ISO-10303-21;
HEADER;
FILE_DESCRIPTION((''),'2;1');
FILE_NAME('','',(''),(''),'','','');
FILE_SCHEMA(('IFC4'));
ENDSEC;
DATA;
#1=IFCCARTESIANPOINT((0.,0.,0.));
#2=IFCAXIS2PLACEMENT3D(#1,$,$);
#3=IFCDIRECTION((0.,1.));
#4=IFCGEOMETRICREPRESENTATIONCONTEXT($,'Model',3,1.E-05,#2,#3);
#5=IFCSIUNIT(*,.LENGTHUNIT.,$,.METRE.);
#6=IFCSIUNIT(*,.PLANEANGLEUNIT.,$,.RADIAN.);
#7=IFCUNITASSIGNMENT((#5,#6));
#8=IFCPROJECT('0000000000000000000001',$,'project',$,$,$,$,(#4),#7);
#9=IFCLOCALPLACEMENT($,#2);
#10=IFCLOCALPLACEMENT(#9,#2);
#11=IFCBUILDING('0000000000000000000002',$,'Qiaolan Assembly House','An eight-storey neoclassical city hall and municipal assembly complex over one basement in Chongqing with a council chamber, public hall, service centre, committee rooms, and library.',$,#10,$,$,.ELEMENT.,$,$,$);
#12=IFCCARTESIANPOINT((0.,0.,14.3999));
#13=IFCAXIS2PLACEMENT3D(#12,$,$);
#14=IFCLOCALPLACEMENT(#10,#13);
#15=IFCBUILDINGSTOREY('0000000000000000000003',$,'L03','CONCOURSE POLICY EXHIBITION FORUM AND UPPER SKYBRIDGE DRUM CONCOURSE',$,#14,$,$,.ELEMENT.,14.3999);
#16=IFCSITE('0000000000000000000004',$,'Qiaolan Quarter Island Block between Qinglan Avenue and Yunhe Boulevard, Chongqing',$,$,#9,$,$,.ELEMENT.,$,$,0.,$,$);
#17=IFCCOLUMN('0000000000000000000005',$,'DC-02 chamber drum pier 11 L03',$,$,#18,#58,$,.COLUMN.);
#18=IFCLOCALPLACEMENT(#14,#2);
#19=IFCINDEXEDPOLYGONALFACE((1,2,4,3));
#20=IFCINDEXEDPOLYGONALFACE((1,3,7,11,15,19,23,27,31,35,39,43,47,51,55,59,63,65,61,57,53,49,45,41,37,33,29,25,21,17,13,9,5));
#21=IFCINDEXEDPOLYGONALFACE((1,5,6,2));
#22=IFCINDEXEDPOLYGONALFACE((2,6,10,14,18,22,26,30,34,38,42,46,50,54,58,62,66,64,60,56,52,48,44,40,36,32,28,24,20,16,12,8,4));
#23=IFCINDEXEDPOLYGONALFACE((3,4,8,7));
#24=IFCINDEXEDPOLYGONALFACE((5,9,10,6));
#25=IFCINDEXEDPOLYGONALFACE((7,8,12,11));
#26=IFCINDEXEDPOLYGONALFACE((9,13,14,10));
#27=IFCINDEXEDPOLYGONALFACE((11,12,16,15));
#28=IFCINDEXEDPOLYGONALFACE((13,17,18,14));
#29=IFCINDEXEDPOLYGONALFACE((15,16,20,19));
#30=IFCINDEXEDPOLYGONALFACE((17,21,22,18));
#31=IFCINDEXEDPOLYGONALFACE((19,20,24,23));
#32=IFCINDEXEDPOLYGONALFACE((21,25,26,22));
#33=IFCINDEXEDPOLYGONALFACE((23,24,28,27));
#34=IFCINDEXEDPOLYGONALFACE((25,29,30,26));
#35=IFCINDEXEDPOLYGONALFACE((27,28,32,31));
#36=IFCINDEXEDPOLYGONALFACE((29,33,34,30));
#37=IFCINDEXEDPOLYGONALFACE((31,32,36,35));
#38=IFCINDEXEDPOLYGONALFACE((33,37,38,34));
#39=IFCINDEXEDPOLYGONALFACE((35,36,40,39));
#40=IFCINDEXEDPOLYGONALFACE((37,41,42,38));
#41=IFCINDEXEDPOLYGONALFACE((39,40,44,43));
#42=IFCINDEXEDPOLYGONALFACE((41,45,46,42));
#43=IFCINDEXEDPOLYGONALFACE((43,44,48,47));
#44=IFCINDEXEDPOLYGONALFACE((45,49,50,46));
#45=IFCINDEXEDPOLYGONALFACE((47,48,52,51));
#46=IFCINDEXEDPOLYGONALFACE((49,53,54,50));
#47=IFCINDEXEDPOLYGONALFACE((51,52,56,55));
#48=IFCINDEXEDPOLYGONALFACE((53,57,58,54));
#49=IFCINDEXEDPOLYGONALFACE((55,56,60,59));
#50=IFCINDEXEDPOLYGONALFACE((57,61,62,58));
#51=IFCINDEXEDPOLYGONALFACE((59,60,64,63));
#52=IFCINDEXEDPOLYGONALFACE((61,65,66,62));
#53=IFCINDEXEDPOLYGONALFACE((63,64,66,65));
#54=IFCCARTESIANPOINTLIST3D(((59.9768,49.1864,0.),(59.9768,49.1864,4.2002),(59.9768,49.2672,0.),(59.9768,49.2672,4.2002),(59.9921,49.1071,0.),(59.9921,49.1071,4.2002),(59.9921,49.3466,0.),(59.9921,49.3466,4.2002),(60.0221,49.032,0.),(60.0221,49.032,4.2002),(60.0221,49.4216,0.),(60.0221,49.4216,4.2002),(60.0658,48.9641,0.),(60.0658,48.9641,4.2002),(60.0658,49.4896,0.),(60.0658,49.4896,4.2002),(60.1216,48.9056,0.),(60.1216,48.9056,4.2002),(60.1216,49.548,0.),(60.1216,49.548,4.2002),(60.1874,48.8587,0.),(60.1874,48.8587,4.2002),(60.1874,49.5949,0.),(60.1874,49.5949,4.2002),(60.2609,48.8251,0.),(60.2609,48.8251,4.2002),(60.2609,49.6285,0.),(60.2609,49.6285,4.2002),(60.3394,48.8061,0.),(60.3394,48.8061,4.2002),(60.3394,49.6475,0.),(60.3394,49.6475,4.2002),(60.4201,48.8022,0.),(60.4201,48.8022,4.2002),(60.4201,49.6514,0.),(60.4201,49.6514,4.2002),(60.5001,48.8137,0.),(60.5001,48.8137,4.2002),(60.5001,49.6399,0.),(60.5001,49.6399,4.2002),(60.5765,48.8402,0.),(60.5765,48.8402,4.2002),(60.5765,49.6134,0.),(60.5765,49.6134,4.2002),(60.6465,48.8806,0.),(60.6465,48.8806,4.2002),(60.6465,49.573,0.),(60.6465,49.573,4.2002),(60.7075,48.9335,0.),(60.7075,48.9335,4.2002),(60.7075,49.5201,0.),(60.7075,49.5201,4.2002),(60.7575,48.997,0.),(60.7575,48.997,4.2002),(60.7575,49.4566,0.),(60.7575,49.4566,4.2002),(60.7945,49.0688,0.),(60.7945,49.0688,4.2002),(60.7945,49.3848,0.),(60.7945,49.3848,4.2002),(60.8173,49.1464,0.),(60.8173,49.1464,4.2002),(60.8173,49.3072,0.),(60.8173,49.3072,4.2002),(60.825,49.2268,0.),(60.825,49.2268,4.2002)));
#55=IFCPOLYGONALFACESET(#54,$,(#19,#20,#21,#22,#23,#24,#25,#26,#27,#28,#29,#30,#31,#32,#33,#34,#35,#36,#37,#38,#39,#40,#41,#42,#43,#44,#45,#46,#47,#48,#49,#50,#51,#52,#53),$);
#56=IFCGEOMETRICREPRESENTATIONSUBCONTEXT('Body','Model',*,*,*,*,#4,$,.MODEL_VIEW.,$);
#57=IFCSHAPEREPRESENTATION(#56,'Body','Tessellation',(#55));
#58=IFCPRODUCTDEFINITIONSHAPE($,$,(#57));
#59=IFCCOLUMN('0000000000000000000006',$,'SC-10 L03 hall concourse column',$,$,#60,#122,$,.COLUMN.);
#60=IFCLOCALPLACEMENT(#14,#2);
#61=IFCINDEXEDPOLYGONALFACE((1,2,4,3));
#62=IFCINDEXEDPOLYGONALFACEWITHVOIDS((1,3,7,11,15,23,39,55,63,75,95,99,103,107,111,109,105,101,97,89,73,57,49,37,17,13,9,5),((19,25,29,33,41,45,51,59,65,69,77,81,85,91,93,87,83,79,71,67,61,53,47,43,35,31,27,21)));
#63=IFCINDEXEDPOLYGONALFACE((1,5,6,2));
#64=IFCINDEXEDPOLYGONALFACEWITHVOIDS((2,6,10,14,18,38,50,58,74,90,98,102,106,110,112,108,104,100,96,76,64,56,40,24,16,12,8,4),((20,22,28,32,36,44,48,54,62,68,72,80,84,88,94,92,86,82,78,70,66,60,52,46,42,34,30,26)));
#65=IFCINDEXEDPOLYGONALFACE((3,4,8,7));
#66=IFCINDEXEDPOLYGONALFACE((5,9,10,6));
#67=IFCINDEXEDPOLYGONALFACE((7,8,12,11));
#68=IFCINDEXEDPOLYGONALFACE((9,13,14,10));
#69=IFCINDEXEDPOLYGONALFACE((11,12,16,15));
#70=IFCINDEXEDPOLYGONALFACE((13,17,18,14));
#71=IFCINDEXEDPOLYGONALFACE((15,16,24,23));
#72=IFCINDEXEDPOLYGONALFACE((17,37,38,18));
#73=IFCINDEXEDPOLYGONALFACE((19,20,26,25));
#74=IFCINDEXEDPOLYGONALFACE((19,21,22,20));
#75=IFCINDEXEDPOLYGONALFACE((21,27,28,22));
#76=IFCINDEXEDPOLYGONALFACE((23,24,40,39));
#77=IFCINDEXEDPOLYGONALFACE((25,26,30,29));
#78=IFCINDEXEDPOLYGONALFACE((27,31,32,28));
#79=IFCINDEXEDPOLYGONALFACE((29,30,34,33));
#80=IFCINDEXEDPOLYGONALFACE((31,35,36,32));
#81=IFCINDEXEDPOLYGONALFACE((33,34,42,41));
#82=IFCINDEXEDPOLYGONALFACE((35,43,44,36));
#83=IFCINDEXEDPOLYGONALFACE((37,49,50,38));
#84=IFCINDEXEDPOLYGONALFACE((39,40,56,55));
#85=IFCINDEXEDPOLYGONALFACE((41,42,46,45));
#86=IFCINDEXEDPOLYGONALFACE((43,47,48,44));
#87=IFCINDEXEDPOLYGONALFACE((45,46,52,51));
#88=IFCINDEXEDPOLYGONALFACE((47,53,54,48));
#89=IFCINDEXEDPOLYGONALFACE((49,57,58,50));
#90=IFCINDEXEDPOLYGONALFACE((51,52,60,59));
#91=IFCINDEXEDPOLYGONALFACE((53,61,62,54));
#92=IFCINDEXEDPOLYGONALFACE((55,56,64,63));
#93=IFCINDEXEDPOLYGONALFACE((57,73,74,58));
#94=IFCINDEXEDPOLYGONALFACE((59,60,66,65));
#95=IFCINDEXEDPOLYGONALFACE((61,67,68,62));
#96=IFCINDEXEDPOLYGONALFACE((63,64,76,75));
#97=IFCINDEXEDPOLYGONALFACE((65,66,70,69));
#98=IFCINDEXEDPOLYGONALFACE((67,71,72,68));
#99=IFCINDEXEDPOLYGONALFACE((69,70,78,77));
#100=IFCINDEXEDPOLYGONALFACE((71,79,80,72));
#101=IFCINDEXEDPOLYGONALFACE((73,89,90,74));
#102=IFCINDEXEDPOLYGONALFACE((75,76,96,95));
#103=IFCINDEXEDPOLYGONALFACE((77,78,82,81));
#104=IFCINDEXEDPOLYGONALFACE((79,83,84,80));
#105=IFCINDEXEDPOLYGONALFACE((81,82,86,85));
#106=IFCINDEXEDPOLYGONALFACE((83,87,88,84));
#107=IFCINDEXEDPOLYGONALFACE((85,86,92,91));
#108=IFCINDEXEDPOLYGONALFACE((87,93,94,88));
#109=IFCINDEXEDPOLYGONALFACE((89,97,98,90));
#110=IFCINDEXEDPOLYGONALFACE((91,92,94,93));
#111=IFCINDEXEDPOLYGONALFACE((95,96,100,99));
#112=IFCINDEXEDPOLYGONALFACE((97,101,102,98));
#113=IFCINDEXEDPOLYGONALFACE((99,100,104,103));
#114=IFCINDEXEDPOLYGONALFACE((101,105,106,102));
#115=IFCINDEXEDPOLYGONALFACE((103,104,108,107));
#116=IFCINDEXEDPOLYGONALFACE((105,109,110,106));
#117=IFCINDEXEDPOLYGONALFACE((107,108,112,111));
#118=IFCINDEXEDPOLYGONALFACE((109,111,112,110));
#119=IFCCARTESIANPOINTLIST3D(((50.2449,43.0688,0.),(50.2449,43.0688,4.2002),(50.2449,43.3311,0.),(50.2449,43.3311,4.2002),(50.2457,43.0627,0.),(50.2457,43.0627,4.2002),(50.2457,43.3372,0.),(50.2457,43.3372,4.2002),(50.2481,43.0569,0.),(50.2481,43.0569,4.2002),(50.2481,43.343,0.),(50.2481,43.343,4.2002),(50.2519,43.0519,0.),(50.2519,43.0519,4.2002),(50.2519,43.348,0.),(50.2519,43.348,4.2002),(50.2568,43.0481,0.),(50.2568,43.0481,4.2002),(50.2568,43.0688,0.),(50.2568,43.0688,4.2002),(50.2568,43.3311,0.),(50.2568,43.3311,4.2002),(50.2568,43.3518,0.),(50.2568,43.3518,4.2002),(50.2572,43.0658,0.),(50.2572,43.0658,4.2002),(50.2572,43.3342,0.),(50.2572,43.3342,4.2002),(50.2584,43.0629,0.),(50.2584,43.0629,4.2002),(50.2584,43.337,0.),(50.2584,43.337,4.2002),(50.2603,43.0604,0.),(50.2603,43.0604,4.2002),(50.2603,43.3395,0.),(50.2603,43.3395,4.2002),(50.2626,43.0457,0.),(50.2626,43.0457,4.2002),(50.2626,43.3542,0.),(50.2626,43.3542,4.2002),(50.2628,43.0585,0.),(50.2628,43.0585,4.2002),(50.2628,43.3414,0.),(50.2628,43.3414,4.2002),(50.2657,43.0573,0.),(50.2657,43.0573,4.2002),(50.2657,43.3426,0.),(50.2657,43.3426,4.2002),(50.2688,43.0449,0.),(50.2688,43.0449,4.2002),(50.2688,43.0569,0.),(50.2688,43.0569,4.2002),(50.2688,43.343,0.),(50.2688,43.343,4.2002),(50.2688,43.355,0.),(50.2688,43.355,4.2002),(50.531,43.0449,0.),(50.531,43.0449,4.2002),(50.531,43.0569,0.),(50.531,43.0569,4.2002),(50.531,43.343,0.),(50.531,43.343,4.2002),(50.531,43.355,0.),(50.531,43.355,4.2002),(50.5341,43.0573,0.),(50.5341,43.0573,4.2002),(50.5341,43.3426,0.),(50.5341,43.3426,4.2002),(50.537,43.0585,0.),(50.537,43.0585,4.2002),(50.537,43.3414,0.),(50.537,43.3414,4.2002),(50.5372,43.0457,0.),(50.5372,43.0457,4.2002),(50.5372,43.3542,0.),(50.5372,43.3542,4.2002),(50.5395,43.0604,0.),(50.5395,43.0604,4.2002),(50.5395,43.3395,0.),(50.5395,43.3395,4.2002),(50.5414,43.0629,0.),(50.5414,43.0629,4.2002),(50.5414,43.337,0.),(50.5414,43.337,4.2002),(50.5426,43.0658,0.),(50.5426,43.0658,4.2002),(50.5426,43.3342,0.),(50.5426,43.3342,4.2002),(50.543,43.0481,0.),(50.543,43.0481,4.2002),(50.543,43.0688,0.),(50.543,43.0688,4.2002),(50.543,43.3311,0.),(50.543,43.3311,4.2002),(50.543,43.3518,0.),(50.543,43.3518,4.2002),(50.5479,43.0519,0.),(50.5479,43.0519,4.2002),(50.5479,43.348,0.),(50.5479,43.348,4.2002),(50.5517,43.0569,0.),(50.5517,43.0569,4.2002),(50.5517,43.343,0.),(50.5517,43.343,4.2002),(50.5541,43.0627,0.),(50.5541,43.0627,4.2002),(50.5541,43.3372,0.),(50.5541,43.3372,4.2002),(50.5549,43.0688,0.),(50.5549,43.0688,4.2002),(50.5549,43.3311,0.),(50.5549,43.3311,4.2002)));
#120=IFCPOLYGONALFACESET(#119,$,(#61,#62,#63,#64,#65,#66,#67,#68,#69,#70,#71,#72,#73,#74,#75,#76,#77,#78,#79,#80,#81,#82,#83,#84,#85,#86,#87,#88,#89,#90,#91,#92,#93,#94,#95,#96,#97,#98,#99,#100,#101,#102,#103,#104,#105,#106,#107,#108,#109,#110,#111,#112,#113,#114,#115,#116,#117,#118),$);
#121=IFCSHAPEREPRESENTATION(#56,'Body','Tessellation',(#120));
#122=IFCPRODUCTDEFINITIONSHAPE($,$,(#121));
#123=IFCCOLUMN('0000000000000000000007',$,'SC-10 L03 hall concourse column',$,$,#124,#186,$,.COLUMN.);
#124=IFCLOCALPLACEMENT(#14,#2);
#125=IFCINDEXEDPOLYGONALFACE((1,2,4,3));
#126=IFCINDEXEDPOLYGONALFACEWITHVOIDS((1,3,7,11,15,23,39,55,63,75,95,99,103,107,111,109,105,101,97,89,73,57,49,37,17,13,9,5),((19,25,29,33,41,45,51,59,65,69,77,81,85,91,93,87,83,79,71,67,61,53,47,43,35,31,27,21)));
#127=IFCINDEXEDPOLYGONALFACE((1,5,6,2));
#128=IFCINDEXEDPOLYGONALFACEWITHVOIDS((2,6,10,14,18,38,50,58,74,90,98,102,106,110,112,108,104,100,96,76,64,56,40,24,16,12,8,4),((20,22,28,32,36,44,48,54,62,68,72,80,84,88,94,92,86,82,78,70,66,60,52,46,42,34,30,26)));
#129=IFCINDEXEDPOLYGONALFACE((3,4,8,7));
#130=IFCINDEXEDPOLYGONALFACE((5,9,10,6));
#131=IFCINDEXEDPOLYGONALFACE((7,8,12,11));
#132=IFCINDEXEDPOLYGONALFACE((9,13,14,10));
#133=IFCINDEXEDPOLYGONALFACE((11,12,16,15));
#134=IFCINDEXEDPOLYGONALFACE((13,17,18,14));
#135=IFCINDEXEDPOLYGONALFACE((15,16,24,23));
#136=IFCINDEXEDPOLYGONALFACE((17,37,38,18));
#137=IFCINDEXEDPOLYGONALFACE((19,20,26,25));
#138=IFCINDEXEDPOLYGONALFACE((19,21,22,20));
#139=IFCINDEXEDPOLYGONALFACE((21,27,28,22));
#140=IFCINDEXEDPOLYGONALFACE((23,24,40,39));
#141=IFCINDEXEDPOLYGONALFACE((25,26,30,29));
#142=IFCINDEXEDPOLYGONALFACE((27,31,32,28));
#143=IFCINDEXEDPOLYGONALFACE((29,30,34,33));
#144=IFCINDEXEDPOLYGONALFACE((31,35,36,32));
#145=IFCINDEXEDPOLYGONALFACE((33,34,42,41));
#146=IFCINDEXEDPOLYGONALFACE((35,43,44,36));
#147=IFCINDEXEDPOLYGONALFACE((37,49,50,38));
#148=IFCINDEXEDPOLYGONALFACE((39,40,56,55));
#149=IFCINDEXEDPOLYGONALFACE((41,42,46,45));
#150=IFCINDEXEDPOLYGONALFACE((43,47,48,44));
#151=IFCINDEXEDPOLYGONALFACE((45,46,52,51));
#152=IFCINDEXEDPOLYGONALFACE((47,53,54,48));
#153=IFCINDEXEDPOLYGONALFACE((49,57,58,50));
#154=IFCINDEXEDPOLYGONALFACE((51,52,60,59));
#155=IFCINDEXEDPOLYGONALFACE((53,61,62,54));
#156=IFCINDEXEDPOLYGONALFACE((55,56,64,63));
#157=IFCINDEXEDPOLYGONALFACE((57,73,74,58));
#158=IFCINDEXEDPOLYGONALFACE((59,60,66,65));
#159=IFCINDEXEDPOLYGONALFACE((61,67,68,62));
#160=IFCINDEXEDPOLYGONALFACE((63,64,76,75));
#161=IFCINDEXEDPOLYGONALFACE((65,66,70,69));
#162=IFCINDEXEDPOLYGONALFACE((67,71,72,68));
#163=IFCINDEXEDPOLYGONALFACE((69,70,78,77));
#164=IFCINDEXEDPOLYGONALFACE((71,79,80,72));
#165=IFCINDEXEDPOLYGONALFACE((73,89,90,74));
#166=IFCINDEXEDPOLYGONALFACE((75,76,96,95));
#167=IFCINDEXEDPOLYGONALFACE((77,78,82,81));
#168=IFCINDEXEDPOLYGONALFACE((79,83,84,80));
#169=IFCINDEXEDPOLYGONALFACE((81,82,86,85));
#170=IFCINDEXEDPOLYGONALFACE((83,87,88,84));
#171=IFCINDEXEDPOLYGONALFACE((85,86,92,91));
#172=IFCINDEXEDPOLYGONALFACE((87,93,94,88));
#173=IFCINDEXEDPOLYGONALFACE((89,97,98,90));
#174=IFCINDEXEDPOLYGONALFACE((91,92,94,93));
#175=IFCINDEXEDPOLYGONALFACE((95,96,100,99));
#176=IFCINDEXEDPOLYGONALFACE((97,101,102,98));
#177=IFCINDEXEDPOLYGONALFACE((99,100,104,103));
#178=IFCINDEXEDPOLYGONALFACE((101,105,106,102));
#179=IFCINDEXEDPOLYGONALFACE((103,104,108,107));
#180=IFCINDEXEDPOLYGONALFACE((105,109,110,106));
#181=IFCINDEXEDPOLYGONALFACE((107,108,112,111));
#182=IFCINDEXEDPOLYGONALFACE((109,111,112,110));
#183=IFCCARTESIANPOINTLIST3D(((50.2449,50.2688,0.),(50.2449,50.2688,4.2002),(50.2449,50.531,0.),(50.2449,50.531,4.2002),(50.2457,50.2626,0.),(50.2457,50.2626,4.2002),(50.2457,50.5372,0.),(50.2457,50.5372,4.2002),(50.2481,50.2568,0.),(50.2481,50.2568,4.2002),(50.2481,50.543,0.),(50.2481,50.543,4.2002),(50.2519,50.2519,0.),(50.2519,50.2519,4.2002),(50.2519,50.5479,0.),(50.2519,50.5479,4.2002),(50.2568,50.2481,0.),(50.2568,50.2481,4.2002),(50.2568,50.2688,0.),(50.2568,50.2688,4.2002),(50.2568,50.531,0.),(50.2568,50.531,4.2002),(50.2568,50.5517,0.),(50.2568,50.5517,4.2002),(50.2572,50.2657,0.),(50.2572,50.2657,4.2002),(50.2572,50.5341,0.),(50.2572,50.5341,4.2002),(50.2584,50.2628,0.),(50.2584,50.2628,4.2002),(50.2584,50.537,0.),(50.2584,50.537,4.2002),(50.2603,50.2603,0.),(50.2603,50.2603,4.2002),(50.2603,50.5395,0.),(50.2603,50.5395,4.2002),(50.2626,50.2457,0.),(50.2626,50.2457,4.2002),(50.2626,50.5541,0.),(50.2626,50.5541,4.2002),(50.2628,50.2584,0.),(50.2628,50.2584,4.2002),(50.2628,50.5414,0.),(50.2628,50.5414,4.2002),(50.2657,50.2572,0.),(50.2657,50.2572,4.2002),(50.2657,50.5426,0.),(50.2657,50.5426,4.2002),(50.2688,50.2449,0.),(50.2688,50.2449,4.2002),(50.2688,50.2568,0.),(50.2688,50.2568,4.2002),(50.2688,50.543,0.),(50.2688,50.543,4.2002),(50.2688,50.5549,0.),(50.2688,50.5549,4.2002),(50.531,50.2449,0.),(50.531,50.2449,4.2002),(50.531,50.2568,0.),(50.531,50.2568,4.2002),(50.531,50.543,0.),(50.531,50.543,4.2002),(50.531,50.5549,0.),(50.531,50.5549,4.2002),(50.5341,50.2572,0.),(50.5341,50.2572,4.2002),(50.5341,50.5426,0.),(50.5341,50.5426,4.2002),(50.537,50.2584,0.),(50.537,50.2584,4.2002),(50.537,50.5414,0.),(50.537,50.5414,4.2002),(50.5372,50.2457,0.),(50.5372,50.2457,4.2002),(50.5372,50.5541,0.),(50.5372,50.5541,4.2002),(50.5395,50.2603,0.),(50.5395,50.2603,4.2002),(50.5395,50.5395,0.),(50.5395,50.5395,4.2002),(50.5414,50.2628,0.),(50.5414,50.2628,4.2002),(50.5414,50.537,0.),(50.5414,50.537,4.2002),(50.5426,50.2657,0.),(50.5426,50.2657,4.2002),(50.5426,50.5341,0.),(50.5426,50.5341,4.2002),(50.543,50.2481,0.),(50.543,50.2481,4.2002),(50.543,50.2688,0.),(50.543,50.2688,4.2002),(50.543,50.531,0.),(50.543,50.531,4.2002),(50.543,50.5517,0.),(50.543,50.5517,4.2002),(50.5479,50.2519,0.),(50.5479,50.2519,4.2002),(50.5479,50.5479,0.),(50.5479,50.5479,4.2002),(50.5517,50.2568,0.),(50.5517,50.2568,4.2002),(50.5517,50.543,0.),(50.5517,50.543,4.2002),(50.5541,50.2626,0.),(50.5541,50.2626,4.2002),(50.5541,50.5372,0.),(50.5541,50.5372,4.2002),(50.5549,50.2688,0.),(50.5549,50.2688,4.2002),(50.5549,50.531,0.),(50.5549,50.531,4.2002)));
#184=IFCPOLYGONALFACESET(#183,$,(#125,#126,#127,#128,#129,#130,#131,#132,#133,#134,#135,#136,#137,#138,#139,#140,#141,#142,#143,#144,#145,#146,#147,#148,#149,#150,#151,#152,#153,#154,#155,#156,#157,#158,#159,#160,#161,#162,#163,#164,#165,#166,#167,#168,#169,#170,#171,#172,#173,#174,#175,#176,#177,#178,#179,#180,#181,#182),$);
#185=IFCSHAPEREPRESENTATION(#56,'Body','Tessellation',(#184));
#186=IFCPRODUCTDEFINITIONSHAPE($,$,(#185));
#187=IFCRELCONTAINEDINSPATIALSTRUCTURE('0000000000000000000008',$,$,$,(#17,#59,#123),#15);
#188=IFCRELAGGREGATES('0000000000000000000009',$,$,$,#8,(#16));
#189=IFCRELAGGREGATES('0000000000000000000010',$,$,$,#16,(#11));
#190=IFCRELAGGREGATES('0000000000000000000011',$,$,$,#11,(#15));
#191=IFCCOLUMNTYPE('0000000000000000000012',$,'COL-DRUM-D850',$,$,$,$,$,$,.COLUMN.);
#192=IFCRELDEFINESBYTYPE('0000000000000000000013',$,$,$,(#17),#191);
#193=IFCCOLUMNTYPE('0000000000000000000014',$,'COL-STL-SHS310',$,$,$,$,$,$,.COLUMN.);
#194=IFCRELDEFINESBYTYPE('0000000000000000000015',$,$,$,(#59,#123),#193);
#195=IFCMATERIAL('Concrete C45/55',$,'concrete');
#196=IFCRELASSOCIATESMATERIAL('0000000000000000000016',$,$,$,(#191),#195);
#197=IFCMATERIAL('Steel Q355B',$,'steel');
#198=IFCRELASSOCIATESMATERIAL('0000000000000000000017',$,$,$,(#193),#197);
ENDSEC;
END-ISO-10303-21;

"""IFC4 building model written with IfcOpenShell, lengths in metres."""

from ifc_helpers import new_model, si_unit, direction, frame, origin, origin_2d, place, context, subcontext, project, spatial, hollow_rectangle, circle, extrude, material, material_profile, profile_set, type_object, element, save


model = new_model("IFC4")

# Units and contexts
model_context = context("Model", 3, precision=1e-05, world=origin(), true_north=direction((0.0, 1.0)))
body_context = subcontext(model_context, "Body", "Model", "MODEL_VIEW")
ifc_project = project(units=[si_unit("LENGTHUNIT", "METRE"), si_unit("PLANEANGLEUNIT", "RADIAN")], contexts=[model_context])

# Site, building, storey
site_placement = place(None, origin())
site = spatial("IfcSite", under=ifc_project, at=site_placement, Name="Qiaolan Quarter Island Block between Qinglan Avenue and Yunhe Boulevard, Chongqing", CompositionType="ELEMENT", RefElevation=0.0)
building_placement = place(site_placement, origin())
building = spatial("IfcBuilding", under=site, at=building_placement, Name="Qiaolan Assembly House", Description="An eight-storey neoclassical city hall and municipal assembly complex over one basement in Chongqing with a council chamber, public hall, service centre, committee rooms, and library.", CompositionType="ELEMENT")
storey_placement = place(building_placement, frame((0.0, 0.0, 14.3999)))
storey = spatial("IfcBuildingStorey", under=building, at=storey_placement, Name="L03", Description="CONCOURSE POLICY EXHIBITION FORUM AND UPPER SKYBRIDGE DRUM CONCOURSE", CompositionType="ELEMENT", Elevation=14.3999)

# Columns
ifc_material_1 = material(Name="Concrete C45/55", Category="concrete")
ifc_material_profile_1 = material_profile(ifc_material_1, circle(Radius=0.425, at=origin_2d()), Name="CIRC D850")
ifc_profile_set_1 = profile_set([ifc_material_profile_1], Name="Concrete C45/55")
column_type_1 = type_object("IfcColumnType", Name="COL-DRUM-D850", PredefinedType="COLUMN", material=ifc_profile_set_1)
column_placement = place(storey_placement, frame((60.3999, 49.2268, 0.0), z_axis=(0.0, 0.0, 1.0), x_axis=(1.0, 0.0, 0.0)))
element("IfcColumn", 1, at=column_placement, inside=storey, type_object=column_type_1, Name="DC-02 chamber drum pier 11 L03", PredefinedType="COLUMN", context=body_context, shape_type="SweptSolid", body=[
    extrude(circle(Radius=0.425, at=origin_2d()), origin(), (0.0, 0.0, 1.0), 4.2002),
])
ifc_material_2 = material(Name="Steel Q355B", Category="steel")
ifc_material_profile_2 = material_profile(ifc_material_2, hollow_rectangle(XDim=0.3101, YDim=0.3101, WallThickness=0.012, InnerFilletRadius=0.012, OuterFilletRadius=0.0239, at=origin_2d()), Name="SHS 310x310x12")
ifc_profile_set_2 = profile_set([ifc_material_profile_2], Name="Steel Q355B")
column_type_2 = type_object("IfcColumnType", Name="COL-STL-SHS310", PredefinedType="COLUMN", material=ifc_profile_set_2)
for number, where, z_axis, x_axis, name in (
    (2, (50.3999, 43.2, 0.0), (0.0, 0.0, 1.0), (1.0, 0.0, 0.0), "SC-10 L03 hall concourse column"),
    (3, (50.3999, 50.3999, 0.0), (0.0, 0.0, 1.0), (1.0, 0.0, 0.0), "SC-10 L03 hall concourse column"),
):
    element("IfcColumn", number, at=place(storey_placement, frame(where, z_axis=z_axis, x_axis=x_axis)), inside=storey, type_object=column_type_2, Name=name, PredefinedType="COLUMN", context=body_context, shape_type="SweptSolid", body=[
        extrude(hollow_rectangle(XDim=0.3101, YDim=0.3101, WallThickness=0.012, InnerFilletRadius=0.012, OuterFilletRadius=0.0239, at=origin_2d()), origin(), (0.0, 0.0, 1.0), 4.2002),
    ])

save(model, "model.ifc")
